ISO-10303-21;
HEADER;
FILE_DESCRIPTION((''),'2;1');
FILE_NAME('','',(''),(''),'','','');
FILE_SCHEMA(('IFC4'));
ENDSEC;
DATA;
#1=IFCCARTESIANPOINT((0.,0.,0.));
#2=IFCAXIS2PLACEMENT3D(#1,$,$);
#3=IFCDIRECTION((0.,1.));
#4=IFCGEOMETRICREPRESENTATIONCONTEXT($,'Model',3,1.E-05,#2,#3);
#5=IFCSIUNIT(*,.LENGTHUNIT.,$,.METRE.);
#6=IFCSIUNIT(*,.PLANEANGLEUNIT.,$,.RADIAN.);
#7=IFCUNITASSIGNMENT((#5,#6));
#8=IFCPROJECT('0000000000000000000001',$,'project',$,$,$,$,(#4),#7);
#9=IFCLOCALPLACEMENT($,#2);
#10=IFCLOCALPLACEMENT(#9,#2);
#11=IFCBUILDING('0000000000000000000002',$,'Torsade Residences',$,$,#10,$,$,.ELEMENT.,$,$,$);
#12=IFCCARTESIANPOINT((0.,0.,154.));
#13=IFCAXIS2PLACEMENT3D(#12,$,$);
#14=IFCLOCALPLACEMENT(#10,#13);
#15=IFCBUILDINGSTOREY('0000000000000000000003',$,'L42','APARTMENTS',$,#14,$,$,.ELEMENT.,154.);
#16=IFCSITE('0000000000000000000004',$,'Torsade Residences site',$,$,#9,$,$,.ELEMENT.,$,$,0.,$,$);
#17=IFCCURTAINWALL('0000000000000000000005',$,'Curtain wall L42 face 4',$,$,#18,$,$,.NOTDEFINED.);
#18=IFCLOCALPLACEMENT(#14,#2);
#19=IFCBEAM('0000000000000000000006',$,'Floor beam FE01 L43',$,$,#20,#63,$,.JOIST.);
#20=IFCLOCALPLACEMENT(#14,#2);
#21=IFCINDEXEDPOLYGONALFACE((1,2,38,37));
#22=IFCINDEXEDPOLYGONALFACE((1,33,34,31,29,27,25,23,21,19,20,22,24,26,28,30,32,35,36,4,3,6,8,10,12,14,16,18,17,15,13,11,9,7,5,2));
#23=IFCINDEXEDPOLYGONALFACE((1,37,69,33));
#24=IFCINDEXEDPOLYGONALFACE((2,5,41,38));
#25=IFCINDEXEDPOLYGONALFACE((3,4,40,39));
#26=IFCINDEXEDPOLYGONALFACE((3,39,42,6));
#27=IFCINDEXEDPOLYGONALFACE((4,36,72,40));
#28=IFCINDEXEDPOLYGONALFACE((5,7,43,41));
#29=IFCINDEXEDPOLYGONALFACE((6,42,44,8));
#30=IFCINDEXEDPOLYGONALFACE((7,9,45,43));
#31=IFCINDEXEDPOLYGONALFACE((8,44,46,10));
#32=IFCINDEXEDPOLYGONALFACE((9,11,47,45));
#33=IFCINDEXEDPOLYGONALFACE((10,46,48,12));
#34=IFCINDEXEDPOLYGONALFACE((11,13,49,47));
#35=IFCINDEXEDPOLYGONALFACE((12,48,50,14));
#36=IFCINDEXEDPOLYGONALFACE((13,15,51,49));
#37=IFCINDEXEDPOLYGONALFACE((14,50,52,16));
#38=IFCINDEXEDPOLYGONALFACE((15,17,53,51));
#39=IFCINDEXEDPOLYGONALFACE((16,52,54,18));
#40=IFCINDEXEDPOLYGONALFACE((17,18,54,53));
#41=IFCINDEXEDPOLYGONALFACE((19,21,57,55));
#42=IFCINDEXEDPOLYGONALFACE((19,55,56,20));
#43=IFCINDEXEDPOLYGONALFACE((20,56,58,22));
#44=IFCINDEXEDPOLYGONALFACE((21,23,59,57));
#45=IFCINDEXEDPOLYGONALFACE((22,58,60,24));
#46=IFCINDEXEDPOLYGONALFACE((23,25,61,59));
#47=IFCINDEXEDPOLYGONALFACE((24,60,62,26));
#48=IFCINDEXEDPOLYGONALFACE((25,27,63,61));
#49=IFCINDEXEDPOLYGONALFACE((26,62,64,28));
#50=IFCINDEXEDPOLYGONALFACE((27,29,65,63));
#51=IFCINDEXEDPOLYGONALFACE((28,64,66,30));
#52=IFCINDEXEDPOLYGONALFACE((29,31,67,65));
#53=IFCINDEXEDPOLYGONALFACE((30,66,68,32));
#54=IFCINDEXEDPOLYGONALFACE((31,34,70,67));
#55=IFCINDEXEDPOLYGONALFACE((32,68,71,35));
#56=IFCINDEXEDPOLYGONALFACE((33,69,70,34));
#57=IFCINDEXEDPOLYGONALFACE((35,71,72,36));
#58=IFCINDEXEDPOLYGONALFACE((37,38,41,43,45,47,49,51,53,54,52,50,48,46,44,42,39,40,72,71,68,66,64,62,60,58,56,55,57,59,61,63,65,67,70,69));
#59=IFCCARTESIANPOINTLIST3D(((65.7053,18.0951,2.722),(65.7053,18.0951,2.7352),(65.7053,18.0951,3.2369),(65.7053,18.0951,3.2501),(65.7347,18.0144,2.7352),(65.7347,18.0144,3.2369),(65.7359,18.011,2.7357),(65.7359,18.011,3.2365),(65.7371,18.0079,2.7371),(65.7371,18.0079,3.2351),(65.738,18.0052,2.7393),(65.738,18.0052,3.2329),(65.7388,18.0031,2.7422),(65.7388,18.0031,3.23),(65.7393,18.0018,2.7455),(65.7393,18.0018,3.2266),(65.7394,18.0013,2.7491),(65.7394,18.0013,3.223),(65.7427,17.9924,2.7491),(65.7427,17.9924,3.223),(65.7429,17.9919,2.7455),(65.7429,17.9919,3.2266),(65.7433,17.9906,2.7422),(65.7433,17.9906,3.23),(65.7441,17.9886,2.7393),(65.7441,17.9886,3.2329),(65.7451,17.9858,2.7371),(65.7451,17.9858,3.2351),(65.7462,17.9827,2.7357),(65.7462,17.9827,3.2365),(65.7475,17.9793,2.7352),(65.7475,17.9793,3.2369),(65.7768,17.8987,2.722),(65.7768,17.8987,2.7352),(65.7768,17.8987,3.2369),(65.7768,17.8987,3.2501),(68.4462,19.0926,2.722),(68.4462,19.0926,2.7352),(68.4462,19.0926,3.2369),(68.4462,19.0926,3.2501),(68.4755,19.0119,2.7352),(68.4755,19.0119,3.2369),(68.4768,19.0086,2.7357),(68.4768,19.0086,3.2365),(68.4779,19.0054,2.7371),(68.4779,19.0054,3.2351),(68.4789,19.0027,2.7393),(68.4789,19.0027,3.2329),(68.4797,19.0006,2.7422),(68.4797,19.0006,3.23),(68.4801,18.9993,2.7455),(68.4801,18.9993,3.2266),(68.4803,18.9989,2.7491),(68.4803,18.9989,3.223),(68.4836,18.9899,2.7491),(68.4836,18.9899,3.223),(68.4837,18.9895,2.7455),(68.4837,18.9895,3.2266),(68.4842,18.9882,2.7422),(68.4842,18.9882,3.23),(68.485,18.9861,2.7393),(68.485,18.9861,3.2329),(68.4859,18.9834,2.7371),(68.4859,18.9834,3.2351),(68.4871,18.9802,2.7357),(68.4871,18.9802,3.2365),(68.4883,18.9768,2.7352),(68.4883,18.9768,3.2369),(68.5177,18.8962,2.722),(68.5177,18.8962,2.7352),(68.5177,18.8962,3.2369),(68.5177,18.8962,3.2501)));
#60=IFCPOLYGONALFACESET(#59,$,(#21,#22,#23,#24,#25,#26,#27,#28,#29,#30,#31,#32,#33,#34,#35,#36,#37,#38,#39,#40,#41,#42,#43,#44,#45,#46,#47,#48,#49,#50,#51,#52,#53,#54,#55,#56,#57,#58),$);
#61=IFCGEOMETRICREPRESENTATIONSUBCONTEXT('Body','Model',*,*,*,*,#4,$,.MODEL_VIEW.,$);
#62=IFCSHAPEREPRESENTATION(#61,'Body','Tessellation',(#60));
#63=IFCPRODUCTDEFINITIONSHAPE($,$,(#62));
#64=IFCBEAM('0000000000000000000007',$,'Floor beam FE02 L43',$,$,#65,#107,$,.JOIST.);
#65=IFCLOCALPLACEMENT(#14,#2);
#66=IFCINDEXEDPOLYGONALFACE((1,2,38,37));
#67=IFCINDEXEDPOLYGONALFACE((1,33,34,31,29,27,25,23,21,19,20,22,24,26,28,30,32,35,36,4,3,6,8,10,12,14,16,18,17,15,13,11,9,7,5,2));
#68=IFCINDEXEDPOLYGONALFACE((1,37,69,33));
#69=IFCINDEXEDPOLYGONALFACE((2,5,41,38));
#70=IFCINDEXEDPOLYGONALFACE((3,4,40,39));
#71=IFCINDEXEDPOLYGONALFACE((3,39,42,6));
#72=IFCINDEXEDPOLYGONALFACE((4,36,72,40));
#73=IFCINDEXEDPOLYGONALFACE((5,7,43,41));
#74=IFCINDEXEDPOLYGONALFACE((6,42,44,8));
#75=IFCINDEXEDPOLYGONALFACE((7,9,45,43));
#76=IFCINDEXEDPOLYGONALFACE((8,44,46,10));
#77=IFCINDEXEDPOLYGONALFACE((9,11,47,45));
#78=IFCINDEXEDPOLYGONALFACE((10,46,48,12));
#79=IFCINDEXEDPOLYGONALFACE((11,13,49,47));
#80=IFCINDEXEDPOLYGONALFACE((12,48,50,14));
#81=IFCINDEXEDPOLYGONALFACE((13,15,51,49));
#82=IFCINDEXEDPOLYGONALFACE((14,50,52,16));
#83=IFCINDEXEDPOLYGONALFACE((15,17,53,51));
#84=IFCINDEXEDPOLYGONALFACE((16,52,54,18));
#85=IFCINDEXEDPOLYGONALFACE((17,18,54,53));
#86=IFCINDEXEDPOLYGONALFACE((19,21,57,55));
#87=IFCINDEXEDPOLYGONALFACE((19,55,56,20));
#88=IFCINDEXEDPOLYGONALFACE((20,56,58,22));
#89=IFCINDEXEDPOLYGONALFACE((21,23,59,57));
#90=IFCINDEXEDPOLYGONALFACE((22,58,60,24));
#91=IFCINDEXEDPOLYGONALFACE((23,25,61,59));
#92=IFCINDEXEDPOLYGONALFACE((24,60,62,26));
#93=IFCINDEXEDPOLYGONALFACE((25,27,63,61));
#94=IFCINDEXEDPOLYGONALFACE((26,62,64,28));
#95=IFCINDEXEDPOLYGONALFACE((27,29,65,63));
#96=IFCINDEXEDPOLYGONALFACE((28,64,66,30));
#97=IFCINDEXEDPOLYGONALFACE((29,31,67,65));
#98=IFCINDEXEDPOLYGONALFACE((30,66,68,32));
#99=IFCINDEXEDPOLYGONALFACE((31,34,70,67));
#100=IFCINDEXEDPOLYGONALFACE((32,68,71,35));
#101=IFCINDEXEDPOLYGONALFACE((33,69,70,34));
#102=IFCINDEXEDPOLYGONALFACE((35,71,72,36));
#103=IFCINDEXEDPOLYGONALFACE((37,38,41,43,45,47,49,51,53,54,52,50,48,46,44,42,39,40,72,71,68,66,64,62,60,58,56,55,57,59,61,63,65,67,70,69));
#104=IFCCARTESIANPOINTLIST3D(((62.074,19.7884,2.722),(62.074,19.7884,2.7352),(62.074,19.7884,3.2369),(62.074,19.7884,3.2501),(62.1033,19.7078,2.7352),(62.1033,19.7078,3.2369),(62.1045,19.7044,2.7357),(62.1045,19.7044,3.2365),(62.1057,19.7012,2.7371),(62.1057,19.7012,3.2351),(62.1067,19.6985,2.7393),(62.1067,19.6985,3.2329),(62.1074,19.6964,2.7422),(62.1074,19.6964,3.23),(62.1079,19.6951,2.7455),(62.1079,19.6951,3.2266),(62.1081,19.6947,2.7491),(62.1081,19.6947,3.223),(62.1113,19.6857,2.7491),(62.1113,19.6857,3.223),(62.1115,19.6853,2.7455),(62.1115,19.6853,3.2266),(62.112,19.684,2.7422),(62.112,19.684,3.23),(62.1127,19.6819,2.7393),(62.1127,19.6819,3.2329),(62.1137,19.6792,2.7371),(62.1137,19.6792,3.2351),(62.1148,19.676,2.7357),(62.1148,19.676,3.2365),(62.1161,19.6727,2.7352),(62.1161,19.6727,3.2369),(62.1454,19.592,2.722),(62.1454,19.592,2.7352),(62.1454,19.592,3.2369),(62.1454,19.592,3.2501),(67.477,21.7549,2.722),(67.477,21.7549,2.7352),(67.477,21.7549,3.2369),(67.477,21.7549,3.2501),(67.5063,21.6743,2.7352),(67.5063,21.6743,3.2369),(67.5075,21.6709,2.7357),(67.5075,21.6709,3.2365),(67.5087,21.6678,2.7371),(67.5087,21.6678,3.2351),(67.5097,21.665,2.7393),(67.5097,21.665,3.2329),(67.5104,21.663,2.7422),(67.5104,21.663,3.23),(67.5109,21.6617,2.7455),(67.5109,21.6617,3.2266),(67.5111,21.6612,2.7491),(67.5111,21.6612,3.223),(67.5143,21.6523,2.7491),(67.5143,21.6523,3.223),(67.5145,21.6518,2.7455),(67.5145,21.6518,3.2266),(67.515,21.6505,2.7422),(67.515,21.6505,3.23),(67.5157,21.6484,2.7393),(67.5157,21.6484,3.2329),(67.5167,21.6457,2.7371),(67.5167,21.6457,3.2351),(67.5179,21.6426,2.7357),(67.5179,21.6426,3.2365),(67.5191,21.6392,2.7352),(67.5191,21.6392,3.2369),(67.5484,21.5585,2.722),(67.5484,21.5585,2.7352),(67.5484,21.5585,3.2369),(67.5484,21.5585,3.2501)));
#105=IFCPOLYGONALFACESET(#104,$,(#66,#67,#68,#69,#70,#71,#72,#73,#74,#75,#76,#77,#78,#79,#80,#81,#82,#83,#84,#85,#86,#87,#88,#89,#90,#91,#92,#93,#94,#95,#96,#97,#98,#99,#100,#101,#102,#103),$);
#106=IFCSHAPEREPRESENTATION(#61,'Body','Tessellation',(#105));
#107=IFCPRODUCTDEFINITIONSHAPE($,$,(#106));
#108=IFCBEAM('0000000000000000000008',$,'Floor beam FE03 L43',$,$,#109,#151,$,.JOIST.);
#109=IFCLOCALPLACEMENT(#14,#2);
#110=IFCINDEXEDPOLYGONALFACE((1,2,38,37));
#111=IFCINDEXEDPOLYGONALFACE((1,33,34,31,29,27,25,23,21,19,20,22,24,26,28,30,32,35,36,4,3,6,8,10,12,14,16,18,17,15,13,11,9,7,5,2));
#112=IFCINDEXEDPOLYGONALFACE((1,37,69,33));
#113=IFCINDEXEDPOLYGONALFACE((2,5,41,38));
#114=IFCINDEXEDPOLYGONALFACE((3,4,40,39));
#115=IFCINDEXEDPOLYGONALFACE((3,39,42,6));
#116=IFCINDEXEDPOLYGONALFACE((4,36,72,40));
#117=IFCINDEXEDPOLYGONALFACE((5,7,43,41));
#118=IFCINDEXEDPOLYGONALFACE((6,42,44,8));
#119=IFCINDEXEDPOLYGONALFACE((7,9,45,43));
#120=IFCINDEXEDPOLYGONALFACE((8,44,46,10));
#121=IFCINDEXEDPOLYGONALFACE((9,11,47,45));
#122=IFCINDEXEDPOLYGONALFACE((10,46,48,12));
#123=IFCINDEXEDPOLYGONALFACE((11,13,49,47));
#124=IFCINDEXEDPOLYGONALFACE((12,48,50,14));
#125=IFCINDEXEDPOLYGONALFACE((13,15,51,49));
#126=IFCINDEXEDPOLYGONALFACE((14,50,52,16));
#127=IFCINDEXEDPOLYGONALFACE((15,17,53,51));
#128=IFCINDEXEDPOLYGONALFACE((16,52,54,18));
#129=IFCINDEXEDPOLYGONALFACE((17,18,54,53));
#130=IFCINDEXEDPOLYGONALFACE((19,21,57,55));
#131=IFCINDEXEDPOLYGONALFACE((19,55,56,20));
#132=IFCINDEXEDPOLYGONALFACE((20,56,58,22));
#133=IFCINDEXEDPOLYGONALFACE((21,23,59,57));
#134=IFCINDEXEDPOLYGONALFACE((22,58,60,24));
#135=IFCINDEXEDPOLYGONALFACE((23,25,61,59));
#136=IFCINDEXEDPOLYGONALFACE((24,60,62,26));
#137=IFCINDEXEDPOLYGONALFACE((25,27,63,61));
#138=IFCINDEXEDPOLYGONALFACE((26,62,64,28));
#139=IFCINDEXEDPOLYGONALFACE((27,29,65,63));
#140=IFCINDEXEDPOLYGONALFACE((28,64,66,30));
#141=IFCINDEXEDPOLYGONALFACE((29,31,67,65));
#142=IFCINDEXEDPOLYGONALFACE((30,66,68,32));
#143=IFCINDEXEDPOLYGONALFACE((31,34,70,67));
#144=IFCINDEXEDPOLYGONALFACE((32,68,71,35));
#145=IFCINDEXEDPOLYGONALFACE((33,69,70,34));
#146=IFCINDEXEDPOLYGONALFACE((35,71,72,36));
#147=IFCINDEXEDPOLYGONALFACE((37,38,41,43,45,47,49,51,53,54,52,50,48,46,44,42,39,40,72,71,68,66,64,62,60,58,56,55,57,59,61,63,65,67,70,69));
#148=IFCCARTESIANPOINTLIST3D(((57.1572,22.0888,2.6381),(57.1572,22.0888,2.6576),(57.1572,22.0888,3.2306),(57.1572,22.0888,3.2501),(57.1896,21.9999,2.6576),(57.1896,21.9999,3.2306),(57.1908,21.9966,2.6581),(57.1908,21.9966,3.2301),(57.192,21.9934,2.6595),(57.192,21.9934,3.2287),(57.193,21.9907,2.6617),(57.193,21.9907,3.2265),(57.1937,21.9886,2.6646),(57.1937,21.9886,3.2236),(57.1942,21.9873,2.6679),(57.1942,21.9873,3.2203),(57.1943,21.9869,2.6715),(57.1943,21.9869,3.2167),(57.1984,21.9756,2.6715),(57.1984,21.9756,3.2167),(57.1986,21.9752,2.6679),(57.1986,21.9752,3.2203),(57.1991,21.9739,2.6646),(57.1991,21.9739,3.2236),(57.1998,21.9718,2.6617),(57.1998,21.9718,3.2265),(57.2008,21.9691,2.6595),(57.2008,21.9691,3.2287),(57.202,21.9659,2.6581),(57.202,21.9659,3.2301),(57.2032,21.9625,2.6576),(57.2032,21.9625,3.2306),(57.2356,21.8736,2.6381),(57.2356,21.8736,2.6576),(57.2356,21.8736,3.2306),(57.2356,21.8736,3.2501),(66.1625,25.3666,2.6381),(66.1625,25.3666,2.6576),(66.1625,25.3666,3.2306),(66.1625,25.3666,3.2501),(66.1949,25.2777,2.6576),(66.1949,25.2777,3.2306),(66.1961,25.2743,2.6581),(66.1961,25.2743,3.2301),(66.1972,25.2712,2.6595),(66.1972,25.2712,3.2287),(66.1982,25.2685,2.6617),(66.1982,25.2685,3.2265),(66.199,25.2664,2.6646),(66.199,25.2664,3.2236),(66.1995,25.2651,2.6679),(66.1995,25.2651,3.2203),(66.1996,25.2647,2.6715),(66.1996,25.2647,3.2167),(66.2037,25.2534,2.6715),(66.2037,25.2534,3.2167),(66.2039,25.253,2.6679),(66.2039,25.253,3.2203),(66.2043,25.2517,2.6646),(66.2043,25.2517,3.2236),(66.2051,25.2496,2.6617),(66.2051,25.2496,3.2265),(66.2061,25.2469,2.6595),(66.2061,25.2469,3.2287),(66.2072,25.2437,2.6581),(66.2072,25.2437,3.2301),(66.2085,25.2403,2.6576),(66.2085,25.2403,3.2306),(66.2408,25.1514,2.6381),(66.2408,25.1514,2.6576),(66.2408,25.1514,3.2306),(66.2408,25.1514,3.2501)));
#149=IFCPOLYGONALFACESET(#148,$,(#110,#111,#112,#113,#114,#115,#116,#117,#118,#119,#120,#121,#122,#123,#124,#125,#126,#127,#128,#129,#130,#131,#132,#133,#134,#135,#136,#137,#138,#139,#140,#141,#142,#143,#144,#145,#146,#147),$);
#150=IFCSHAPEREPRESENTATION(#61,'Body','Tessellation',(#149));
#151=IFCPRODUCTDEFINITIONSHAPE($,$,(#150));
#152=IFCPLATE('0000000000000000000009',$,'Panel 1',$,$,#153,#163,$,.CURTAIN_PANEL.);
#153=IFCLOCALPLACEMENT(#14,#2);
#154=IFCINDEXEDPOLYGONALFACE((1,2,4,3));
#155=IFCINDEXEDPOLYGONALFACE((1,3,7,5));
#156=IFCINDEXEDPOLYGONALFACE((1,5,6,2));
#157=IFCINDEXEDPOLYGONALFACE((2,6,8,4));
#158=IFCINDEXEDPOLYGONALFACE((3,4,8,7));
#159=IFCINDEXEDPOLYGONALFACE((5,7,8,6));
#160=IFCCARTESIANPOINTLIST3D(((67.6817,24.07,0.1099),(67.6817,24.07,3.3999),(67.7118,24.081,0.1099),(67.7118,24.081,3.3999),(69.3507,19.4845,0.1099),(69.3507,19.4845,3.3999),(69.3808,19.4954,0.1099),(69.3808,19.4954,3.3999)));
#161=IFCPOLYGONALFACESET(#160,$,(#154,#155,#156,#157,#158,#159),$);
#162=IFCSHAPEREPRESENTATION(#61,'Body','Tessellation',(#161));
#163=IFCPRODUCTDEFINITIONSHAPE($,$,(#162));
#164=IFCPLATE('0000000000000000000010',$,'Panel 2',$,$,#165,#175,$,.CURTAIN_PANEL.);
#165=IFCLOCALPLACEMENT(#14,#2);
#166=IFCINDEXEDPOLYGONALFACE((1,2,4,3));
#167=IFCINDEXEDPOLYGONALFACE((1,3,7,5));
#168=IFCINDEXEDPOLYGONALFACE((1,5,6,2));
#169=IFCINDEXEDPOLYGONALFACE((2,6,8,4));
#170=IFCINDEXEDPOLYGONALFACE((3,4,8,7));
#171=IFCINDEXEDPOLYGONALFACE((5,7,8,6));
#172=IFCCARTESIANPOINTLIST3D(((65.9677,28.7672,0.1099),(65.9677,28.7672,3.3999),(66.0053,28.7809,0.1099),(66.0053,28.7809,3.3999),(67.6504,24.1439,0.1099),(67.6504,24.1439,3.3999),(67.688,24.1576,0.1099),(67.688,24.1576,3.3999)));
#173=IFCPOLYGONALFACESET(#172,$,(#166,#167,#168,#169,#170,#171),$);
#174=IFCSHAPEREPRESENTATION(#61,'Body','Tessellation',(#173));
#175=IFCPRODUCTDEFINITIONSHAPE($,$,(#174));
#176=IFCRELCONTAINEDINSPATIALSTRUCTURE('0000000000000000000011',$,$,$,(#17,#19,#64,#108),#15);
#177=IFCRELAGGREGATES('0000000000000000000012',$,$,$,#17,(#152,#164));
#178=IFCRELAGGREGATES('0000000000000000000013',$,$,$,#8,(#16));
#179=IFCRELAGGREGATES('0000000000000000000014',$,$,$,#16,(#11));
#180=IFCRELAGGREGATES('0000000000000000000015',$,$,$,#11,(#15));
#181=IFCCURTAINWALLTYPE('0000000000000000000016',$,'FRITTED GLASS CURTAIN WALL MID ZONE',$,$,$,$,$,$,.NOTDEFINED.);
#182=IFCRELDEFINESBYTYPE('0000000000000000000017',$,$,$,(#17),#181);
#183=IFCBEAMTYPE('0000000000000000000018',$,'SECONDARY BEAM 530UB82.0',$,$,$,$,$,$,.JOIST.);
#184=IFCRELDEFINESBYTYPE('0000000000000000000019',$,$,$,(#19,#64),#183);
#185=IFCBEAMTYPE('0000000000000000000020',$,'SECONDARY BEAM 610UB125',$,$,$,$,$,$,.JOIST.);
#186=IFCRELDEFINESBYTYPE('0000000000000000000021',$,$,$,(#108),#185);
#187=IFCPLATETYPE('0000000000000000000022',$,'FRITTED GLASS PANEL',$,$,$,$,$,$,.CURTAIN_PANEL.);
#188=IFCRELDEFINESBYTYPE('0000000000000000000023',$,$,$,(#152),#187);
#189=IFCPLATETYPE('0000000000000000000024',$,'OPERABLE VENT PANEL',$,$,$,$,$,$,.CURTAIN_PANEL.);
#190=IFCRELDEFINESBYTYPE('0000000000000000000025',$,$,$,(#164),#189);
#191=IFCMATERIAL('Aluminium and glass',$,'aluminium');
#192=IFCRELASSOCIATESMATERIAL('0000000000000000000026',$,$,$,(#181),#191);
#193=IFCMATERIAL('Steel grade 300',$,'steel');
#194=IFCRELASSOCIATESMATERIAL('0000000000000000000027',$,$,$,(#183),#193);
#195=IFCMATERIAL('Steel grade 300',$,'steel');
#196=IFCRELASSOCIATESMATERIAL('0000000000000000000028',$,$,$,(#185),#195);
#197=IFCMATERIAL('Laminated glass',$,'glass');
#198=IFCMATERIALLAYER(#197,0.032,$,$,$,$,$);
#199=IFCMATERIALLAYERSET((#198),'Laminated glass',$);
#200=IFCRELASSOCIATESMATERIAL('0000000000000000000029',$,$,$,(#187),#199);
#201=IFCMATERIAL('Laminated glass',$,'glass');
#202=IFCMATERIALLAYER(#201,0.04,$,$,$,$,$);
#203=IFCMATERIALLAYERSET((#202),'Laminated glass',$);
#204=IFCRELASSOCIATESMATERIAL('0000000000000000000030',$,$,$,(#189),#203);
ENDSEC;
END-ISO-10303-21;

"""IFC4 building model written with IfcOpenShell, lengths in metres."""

from ifc_helpers import new_model, si_unit, direction, frame, origin, origin_2d, place, context, subcontext, project, spatial, rectangle, i_section, extrude, material, layer, layer_set, material_profile, profile_set, type_object, element, aggregate, save


model = new_model("IFC4")

# Units and contexts
model_context = context("Model", 3, precision=1e-05, world=origin(), true_north=direction((0.0, 1.0)))
body_context = subcontext(model_context, "Body", "Model", "MODEL_VIEW")
ifc_project = project(units=[si_unit("LENGTHUNIT", "METRE"), si_unit("PLANEANGLEUNIT", "RADIAN")], contexts=[model_context])

# Site, building, storey
site_placement = place(None, origin())
site = spatial("IfcSite", under=ifc_project, at=site_placement, Name="Torsade Residences site", CompositionType="ELEMENT", RefElevation=0.0)
building_placement = place(site_placement, origin())
building = spatial("IfcBuilding", under=site, at=building_placement, Name="Torsade Residences", CompositionType="ELEMENT")
storey_placement = place(building_placement, frame((0.0, 0.0, 154.0)))
storey = spatial("IfcBuildingStorey", under=building, at=storey_placement, Name="L42", Description="APARTMENTS", CompositionType="ELEMENT", Elevation=154.0)

# Curtain wall
ifc_material_1 = material(Name="Aluminium and glass", Category="aluminium")
curtain_wall_type = type_object("IfcCurtainWallType", Name="FRITTED GLASS CURTAIN WALL MID ZONE", PredefinedType="NOTDEFINED", material=ifc_material_1)
curtain_wall_placement = place(storey_placement, origin())
curtain_wall = element("IfcCurtainWall", 1, at=curtain_wall_placement, inside=storey, type_object=curtain_wall_type, Name="Curtain wall L42 face 4", PredefinedType="NOTDEFINED")

# Beams
ifc_material_2 = material(Name="Steel grade 300", Category="steel")
ifc_material_profile_1 = material_profile(ifc_material_2, i_section(OverallWidth=0.209, OverallDepth=0.5281, WebThickness=0.0095, FlangeThickness=0.0132, FilletRadius=0.0139, at=origin_2d()), Name="530UB82.0")
ifc_profile_set_1 = profile_set([ifc_material_profile_1], Name="Steel grade 300")
beam_type_1 = type_object("IfcBeamType", Name="SECONDARY BEAM 530UB82.0", PredefinedType="JOIST", material=ifc_profile_set_1)
beam_1_placement = place(storey_placement, frame((68.4819, 18.9944, 2.9861), z_axis=(-0.939701, -0.341998, 0.0), x_axis=(0.341998, -0.939701, 0.0)))
element("IfcBeam", 2, at=beam_1_placement, inside=storey, type_object=beam_type_1, Name="Floor beam FE01 L43", PredefinedType="JOIST", context=body_context, shape_type="SweptSolid", body=[
    extrude(i_section(OverallWidth=0.209, OverallDepth=0.5281, WebThickness=0.0095, FlangeThickness=0.0132, FilletRadius=0.0139, at=origin_2d()), origin(), (0.0, 0.0, 1.0), 2.9167),
])
beam_2_placement = place(storey_placement, frame((67.5127, 21.6567, 2.9861), z_axis=(-0.939693, -0.342019, 0.0), x_axis=(0.342019, -0.939693, 0.0)))
element("IfcBeam", 3, at=beam_2_placement, inside=storey, type_object=beam_type_1, Name="Floor beam FE02 L43", PredefinedType="JOIST", context=body_context, shape_type="SweptSolid", body=[
    extrude(i_section(OverallWidth=0.209, OverallDepth=0.5281, WebThickness=0.0095, FlangeThickness=0.0132, FilletRadius=0.0139, at=origin_2d()), origin(), (0.0, 0.0, 1.0), 5.7498),
])
ifc_material_3 = material(Name="Steel grade 300", Category="steel")
ifc_material_profile_2 = material_profile(ifc_material_3, i_section(OverallWidth=0.229, OverallDepth=0.6121, WebThickness=0.012, FlangeThickness=0.0195, FilletRadius=0.0139, at=origin_2d()), Name="610UB125")
ifc_profile_set_2 = profile_set([ifc_material_profile_2], Name="Steel grade 300")
beam_type_2 = type_object("IfcBeamType", Name="SECONDARY BEAM 610UB125", PredefinedType="JOIST", material=ifc_profile_set_2)
beam_3_placement = place(storey_placement, frame((66.2017, 25.259, 2.9441), z_axis=(-0.939688, -0.342034, 0.0), x_axis=(0.342034, -0.939688, 0.0)))
element("IfcBeam", 4, at=beam_3_placement, inside=storey, type_object=beam_type_2, Name="Floor beam FE03 L43", PredefinedType="JOIST", context=body_context, shape_type="SweptSolid", body=[
    extrude(i_section(OverallWidth=0.229, OverallDepth=0.6121, WebThickness=0.012, FlangeThickness=0.0195, FilletRadius=0.0139, at=origin_2d()), origin(), (0.0, 0.0, 1.0), 9.5833),
])

# Plates
ifc_material_4 = material(Name="Laminated glass", Category="glass")
ifc_layer_1 = layer(ifc_material_4, 0.032)
ifc_layer_set_1 = layer_set([ifc_layer_1], Name="Laminated glass")
plate_type_1 = type_object("IfcPlateType", Name="FRITTED GLASS PANEL", PredefinedType="CURTAIN_PANEL", material=ifc_layer_set_1)
plate_1_placement = place(storey_placement, frame((68.5312, 21.7827, 0.1099), z_axis=(0.0, 0.0, 1.0), x_axis=(-0.34202, 0.939693, 0.0)))
plate_1 = element("IfcPlate", 5, at=plate_1_placement, type_object=plate_type_1, Name="Panel 1", PredefinedType="CURTAIN_PANEL", context=body_context, shape_type="SweptSolid", body=[
    extrude(rectangle(XDim=4.8799, YDim=0.032, at=origin_2d()), origin(), (0.0, 0.0, 1.0), 3.29),
])
ifc_material_5 = material(Name="Laminated glass", Category="glass")
ifc_layer_2 = layer(ifc_material_5, 0.04)
ifc_layer_set_2 = layer_set([ifc_layer_2], Name="Laminated glass")
plate_type_2 = type_object("IfcPlateType", Name="OPERABLE VENT PANEL", PredefinedType="CURTAIN_PANEL", material=ifc_layer_set_2)
plate_2_placement = place(storey_placement, frame((66.8279, 26.4624, 0.1099), z_axis=(0.0, 0.0, 1.0), x_axis=(-0.34202, 0.939693, 0.0)))
plate_2 = element("IfcPlate", 6, at=plate_2_placement, type_object=plate_type_2, Name="Panel 2", PredefinedType="CURTAIN_PANEL", context=body_context, shape_type="SweptSolid", body=[
    extrude(rectangle(XDim=4.9199, YDim=0.04, at=origin_2d()), origin(), (0.0, 0.0, 1.0), 3.29),
])
aggregate(curtain_wall, [plate_1, plate_2])

save(model, "model.ifc")
